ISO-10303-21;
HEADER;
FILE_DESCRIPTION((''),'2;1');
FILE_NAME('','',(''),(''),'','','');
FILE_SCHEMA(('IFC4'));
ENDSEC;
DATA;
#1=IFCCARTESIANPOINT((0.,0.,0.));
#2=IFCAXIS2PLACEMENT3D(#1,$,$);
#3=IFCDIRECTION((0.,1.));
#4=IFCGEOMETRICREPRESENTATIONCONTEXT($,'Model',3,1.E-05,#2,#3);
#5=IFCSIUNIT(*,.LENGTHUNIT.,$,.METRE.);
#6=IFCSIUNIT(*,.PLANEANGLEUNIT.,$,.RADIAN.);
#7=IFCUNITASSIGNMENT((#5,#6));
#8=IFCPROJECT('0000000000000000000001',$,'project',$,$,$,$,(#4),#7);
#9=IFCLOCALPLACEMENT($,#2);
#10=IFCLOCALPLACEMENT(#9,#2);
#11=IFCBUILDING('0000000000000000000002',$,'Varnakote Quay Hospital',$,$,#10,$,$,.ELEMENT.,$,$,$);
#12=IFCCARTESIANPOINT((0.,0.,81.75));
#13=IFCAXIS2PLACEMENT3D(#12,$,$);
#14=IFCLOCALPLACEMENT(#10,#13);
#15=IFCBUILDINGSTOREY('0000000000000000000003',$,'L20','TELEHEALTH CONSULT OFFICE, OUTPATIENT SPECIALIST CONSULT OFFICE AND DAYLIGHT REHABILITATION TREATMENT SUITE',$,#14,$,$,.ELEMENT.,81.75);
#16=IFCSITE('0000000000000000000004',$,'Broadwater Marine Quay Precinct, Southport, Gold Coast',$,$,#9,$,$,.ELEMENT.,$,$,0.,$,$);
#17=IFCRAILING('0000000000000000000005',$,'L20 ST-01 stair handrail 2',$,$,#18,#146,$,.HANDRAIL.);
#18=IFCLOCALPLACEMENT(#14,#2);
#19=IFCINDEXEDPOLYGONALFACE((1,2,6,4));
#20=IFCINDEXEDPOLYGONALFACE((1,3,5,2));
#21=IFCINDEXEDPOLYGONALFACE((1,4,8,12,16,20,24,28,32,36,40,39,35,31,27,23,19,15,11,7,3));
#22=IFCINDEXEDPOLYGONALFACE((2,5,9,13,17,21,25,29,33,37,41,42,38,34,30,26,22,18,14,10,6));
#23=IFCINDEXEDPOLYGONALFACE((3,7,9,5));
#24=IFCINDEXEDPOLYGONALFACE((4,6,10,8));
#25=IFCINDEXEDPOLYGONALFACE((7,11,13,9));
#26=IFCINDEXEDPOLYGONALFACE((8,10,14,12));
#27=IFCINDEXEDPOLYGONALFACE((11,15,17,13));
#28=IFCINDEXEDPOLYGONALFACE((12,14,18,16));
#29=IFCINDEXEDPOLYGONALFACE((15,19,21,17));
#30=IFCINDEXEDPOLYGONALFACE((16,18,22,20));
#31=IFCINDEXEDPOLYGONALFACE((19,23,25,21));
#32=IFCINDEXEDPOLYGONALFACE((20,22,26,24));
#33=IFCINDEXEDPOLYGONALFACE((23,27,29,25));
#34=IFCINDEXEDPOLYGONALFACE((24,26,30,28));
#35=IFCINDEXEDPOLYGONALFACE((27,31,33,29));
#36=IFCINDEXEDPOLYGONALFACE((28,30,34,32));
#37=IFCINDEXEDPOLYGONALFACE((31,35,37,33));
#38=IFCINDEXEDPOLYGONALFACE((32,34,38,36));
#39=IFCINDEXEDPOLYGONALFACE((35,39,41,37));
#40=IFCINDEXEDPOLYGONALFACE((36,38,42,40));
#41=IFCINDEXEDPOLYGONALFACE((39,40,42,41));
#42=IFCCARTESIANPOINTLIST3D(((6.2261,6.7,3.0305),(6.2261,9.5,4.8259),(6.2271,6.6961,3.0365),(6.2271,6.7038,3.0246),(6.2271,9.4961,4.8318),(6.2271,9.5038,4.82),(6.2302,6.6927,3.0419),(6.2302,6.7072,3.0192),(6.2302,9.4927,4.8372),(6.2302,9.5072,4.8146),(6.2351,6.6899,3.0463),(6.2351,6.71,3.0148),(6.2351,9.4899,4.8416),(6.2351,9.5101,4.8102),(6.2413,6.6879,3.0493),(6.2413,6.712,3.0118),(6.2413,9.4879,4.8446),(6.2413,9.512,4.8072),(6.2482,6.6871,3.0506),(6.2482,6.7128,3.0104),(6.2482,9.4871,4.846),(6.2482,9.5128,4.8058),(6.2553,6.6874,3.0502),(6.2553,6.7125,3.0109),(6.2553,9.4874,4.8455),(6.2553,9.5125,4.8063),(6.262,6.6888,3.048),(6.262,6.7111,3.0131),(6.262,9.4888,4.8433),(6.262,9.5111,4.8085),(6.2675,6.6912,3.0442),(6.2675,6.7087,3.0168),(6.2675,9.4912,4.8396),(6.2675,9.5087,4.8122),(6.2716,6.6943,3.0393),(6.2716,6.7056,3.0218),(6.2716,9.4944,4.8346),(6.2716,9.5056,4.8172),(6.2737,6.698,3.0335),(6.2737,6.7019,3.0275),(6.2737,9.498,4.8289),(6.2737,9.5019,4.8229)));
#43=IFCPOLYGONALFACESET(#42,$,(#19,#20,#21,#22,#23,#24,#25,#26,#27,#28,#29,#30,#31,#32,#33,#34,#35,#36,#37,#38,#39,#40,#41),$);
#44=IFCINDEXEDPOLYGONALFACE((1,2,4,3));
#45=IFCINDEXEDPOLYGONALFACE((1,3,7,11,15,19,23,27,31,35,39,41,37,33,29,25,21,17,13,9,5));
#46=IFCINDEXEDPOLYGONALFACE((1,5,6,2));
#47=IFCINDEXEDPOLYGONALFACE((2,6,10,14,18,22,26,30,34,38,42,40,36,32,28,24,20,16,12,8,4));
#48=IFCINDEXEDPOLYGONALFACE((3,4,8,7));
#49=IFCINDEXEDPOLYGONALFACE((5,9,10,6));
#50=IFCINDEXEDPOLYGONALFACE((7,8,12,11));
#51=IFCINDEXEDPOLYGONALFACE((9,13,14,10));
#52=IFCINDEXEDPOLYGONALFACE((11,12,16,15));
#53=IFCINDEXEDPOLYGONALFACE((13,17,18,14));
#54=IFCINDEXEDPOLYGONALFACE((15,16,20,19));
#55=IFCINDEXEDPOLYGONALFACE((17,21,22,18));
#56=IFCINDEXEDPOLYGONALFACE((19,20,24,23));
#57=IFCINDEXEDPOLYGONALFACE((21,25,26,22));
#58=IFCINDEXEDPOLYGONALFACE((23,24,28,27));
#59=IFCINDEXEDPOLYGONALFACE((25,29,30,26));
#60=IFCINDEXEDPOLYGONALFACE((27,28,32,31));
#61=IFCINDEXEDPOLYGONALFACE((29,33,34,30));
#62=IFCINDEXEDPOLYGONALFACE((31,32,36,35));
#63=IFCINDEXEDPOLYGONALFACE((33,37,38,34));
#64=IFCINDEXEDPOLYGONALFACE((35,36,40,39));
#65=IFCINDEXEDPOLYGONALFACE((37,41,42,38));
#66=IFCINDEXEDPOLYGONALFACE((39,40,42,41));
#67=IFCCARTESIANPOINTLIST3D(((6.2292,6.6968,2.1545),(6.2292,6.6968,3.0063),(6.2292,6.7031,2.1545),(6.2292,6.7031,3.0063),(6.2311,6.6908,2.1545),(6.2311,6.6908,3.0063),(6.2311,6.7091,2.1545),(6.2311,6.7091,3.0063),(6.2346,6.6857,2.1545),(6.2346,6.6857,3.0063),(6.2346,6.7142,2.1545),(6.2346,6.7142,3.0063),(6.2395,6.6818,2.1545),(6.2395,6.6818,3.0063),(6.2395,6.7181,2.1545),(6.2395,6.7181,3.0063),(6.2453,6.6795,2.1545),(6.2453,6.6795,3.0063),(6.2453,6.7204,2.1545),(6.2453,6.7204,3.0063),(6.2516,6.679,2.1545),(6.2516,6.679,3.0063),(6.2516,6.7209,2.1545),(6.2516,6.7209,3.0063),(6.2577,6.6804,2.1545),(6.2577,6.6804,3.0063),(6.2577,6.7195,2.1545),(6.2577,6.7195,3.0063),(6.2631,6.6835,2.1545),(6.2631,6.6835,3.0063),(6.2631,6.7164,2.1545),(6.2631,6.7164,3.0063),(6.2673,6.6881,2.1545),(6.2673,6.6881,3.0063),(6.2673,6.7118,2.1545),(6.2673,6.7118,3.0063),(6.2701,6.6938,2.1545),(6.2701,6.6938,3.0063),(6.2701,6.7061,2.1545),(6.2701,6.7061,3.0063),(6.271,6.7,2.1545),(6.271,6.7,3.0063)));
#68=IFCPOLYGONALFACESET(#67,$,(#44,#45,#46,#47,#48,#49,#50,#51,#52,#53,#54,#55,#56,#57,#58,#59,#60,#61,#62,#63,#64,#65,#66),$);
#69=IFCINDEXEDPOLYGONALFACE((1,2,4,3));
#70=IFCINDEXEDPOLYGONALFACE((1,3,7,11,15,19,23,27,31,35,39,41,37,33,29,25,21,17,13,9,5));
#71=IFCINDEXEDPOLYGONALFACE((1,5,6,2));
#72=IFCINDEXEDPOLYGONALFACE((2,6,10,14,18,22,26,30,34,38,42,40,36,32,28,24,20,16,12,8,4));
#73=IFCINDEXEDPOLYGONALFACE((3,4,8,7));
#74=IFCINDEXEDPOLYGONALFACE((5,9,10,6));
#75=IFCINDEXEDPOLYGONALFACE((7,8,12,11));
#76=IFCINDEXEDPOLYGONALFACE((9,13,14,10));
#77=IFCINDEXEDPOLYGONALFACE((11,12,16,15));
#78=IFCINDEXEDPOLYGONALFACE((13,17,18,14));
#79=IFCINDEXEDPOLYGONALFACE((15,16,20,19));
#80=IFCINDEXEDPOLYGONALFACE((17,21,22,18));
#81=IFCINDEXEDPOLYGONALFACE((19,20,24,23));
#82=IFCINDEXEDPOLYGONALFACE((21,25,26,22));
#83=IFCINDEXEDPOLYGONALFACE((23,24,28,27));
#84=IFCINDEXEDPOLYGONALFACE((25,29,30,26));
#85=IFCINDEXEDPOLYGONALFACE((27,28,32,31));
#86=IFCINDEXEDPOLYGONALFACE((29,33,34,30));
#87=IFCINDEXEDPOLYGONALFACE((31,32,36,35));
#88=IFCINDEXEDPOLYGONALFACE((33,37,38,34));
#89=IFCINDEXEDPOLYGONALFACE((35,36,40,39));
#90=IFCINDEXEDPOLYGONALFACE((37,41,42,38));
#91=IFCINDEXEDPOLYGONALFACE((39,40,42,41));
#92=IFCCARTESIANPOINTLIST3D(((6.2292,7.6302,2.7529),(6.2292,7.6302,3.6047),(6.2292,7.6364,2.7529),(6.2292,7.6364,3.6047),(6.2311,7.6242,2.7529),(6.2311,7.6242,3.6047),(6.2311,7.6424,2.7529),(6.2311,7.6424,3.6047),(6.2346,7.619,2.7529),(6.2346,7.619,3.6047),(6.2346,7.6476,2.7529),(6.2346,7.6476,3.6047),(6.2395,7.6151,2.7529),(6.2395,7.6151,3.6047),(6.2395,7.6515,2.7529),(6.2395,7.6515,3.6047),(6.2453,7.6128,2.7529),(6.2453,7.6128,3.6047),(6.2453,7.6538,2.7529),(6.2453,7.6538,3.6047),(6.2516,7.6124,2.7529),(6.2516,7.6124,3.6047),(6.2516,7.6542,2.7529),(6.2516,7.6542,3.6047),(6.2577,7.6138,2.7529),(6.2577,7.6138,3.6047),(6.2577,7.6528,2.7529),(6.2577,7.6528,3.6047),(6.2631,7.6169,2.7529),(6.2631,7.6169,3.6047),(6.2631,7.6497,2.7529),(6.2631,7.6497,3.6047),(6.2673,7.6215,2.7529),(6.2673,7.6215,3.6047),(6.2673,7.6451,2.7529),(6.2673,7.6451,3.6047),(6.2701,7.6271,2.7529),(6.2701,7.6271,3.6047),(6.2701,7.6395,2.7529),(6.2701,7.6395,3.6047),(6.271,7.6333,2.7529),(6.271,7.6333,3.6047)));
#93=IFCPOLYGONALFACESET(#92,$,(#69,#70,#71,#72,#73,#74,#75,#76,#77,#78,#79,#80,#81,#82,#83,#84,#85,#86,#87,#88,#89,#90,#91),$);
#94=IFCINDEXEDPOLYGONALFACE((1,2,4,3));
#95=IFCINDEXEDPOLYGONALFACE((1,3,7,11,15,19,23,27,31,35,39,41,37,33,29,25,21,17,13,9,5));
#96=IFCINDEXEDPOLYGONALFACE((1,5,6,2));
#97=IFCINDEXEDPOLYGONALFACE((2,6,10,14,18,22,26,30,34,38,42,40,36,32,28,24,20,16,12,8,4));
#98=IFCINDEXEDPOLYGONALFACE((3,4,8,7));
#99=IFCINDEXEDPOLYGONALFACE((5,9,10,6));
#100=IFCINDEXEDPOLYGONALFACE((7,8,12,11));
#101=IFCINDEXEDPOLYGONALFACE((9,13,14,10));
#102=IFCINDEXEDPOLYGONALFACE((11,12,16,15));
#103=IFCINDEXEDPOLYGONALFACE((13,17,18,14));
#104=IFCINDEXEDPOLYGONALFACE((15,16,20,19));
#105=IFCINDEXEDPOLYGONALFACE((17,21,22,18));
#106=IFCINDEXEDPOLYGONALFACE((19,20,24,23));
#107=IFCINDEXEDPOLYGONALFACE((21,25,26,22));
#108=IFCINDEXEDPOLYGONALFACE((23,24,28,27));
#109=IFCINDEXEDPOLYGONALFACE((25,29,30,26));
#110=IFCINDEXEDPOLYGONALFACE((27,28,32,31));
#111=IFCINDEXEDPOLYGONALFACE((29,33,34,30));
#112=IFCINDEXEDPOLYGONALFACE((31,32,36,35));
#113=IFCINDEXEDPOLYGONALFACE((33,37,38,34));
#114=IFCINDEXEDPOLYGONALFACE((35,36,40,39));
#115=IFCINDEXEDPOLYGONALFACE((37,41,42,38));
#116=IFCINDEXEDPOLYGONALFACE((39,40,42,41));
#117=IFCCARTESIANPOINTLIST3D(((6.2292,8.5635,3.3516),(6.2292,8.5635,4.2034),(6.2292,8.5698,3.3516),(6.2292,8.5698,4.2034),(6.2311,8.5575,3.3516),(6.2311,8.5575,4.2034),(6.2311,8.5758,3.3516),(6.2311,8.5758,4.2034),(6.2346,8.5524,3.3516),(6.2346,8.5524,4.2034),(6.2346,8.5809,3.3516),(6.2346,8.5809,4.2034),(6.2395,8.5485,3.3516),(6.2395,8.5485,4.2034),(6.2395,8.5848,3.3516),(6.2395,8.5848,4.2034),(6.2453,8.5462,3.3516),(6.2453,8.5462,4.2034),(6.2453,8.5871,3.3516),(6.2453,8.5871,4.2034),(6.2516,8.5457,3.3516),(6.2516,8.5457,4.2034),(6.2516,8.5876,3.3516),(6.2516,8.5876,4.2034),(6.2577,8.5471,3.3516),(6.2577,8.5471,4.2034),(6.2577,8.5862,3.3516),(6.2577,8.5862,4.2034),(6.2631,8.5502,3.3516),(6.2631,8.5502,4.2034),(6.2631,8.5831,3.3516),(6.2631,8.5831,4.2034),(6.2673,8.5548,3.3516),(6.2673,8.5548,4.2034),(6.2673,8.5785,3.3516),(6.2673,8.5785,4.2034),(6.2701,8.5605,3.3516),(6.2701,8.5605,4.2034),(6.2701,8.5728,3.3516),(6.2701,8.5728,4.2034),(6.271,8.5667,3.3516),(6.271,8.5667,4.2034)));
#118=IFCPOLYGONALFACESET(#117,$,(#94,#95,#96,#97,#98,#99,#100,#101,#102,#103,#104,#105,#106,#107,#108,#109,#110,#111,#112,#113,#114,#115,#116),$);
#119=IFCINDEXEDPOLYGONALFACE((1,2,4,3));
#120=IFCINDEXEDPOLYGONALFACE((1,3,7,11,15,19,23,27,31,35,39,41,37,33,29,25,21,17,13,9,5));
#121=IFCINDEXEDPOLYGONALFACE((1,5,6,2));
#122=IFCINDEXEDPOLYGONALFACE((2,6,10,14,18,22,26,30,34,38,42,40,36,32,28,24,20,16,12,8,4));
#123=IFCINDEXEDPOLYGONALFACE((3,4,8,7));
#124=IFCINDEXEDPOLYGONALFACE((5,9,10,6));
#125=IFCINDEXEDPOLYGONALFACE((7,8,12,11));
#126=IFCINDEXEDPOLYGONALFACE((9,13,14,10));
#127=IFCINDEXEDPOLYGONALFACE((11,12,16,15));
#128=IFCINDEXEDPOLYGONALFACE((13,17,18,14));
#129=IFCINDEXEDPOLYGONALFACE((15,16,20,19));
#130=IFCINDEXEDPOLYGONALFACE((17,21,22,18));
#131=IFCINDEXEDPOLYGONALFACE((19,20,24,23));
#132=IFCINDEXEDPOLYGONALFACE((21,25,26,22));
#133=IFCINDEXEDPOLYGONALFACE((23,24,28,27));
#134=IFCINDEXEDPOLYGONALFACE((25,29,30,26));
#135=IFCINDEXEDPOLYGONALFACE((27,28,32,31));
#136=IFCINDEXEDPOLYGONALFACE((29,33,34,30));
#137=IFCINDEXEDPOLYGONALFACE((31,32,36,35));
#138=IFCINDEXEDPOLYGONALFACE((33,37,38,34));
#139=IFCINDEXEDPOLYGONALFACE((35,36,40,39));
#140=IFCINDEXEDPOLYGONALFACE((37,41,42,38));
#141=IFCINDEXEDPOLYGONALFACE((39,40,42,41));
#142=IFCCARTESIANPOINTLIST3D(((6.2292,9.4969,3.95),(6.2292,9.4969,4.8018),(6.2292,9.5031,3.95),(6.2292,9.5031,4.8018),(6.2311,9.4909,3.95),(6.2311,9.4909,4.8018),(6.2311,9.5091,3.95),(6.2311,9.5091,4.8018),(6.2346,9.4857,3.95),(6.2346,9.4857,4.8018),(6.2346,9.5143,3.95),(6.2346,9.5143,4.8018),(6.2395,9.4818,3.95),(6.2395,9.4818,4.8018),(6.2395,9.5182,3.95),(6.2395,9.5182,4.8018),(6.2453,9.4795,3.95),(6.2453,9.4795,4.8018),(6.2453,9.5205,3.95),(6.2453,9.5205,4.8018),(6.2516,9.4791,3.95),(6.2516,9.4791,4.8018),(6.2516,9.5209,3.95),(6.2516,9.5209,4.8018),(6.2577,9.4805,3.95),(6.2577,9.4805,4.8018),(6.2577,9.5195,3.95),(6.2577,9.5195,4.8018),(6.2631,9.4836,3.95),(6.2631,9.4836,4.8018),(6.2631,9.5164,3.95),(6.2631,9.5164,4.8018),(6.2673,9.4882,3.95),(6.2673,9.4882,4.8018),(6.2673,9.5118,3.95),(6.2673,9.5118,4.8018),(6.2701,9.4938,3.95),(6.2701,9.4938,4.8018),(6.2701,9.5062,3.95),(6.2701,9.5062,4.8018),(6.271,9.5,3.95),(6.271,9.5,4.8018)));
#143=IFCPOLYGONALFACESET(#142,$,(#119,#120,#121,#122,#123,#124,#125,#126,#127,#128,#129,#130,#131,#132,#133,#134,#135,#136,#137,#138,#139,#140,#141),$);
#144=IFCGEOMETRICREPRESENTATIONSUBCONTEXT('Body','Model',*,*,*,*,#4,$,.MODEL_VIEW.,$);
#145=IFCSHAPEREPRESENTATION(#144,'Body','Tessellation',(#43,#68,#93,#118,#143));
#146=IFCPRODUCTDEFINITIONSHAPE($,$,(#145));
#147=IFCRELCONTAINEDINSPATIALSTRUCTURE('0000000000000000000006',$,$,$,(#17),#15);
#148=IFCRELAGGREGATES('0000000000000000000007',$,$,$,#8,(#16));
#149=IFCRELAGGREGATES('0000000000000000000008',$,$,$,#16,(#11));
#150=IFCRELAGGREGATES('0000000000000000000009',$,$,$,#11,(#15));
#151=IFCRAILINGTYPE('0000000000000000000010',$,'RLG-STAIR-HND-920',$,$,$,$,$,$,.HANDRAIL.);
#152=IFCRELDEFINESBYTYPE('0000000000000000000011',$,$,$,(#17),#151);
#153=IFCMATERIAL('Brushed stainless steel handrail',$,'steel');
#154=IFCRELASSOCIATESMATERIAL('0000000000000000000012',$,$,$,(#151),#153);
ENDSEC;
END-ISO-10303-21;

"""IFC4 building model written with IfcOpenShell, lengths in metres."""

from ifc_helpers import new_model, si_unit, direction, frame, origin, origin_2d, place, context, subcontext, project, spatial, circle, extrude, material, type_object, element, save


model = new_model("IFC4")

# Units and contexts
model_context = context("Model", 3, precision=1e-05, world=origin(), true_north=direction((0.0, 1.0)))
body_context = subcontext(model_context, "Body", "Model", "MODEL_VIEW")
ifc_project = project(units=[si_unit("LENGTHUNIT", "METRE"), si_unit("PLANEANGLEUNIT", "RADIAN")], contexts=[model_context])

# Site, building, storey
site_placement = place(None, origin())
site = spatial("IfcSite", under=ifc_project, at=site_placement, Name="Broadwater Marine Quay Precinct, Southport, Gold Coast", CompositionType="ELEMENT", RefElevation=0.0)
building_placement = place(site_placement, origin())
building = spatial("IfcBuilding", under=site, at=building_placement, Name="Varnakote Quay Hospital", CompositionType="ELEMENT")
storey_placement = place(building_placement, frame((0.0, 0.0, 81.75)))
storey = spatial("IfcBuildingStorey", under=building, at=storey_placement, Name="L20", Description="TELEHEALTH CONSULT OFFICE, OUTPATIENT SPECIALIST CONSULT OFFICE AND DAYLIGHT REHABILITATION TREATMENT SUITE", CompositionType="ELEMENT", Elevation=81.75)

# Railing
ifc_material_1 = material(Name="Brushed stainless steel handrail", Category="steel")
railing_type_1 = type_object("IfcRailingType", Name="RLG-STAIR-HND-920", PredefinedType="HANDRAIL", material=ifc_material_1)
railing_1_placement = place(storey_placement, frame((6.25, 6.7, 2.1545)))
element("IfcRailing", 1, at=railing_1_placement, inside=storey, type_object=railing_type_1, Name="L20 ST-01 stair handrail 2", PredefinedType="HANDRAIL", context=body_context, shape_type="SweptSolid", body=[
    extrude(circle(Radius=0.0239, at=origin_2d()), frame((0.0, 0.0, 0.876), z_axis=(0.0, 0.84181, 0.539774), x_axis=(-1.0, 0.0, 0.0)), (0.0, 0.0, 1.0), 3.3262),
    extrude(circle(Radius=0.021, at=origin_2d()), origin(), (0.0, 0.0, 1.0), 0.8518),
    extrude(circle(Radius=0.021, at=origin_2d()), frame((0.0, 0.9333, 0.5984)), (0.0, 0.0, 1.0), 0.8518),
    extrude(circle(Radius=0.021, at=origin_2d()), frame((0.0, 1.8667, 1.197)), (0.0, 0.0, 1.0), 0.8518),
    extrude(circle(Radius=0.021, at=origin_2d()), frame((0.0, 2.8, 1.7954)), (0.0, 0.0, 1.0), 0.8518),
])

save(model, "model.ifc")
